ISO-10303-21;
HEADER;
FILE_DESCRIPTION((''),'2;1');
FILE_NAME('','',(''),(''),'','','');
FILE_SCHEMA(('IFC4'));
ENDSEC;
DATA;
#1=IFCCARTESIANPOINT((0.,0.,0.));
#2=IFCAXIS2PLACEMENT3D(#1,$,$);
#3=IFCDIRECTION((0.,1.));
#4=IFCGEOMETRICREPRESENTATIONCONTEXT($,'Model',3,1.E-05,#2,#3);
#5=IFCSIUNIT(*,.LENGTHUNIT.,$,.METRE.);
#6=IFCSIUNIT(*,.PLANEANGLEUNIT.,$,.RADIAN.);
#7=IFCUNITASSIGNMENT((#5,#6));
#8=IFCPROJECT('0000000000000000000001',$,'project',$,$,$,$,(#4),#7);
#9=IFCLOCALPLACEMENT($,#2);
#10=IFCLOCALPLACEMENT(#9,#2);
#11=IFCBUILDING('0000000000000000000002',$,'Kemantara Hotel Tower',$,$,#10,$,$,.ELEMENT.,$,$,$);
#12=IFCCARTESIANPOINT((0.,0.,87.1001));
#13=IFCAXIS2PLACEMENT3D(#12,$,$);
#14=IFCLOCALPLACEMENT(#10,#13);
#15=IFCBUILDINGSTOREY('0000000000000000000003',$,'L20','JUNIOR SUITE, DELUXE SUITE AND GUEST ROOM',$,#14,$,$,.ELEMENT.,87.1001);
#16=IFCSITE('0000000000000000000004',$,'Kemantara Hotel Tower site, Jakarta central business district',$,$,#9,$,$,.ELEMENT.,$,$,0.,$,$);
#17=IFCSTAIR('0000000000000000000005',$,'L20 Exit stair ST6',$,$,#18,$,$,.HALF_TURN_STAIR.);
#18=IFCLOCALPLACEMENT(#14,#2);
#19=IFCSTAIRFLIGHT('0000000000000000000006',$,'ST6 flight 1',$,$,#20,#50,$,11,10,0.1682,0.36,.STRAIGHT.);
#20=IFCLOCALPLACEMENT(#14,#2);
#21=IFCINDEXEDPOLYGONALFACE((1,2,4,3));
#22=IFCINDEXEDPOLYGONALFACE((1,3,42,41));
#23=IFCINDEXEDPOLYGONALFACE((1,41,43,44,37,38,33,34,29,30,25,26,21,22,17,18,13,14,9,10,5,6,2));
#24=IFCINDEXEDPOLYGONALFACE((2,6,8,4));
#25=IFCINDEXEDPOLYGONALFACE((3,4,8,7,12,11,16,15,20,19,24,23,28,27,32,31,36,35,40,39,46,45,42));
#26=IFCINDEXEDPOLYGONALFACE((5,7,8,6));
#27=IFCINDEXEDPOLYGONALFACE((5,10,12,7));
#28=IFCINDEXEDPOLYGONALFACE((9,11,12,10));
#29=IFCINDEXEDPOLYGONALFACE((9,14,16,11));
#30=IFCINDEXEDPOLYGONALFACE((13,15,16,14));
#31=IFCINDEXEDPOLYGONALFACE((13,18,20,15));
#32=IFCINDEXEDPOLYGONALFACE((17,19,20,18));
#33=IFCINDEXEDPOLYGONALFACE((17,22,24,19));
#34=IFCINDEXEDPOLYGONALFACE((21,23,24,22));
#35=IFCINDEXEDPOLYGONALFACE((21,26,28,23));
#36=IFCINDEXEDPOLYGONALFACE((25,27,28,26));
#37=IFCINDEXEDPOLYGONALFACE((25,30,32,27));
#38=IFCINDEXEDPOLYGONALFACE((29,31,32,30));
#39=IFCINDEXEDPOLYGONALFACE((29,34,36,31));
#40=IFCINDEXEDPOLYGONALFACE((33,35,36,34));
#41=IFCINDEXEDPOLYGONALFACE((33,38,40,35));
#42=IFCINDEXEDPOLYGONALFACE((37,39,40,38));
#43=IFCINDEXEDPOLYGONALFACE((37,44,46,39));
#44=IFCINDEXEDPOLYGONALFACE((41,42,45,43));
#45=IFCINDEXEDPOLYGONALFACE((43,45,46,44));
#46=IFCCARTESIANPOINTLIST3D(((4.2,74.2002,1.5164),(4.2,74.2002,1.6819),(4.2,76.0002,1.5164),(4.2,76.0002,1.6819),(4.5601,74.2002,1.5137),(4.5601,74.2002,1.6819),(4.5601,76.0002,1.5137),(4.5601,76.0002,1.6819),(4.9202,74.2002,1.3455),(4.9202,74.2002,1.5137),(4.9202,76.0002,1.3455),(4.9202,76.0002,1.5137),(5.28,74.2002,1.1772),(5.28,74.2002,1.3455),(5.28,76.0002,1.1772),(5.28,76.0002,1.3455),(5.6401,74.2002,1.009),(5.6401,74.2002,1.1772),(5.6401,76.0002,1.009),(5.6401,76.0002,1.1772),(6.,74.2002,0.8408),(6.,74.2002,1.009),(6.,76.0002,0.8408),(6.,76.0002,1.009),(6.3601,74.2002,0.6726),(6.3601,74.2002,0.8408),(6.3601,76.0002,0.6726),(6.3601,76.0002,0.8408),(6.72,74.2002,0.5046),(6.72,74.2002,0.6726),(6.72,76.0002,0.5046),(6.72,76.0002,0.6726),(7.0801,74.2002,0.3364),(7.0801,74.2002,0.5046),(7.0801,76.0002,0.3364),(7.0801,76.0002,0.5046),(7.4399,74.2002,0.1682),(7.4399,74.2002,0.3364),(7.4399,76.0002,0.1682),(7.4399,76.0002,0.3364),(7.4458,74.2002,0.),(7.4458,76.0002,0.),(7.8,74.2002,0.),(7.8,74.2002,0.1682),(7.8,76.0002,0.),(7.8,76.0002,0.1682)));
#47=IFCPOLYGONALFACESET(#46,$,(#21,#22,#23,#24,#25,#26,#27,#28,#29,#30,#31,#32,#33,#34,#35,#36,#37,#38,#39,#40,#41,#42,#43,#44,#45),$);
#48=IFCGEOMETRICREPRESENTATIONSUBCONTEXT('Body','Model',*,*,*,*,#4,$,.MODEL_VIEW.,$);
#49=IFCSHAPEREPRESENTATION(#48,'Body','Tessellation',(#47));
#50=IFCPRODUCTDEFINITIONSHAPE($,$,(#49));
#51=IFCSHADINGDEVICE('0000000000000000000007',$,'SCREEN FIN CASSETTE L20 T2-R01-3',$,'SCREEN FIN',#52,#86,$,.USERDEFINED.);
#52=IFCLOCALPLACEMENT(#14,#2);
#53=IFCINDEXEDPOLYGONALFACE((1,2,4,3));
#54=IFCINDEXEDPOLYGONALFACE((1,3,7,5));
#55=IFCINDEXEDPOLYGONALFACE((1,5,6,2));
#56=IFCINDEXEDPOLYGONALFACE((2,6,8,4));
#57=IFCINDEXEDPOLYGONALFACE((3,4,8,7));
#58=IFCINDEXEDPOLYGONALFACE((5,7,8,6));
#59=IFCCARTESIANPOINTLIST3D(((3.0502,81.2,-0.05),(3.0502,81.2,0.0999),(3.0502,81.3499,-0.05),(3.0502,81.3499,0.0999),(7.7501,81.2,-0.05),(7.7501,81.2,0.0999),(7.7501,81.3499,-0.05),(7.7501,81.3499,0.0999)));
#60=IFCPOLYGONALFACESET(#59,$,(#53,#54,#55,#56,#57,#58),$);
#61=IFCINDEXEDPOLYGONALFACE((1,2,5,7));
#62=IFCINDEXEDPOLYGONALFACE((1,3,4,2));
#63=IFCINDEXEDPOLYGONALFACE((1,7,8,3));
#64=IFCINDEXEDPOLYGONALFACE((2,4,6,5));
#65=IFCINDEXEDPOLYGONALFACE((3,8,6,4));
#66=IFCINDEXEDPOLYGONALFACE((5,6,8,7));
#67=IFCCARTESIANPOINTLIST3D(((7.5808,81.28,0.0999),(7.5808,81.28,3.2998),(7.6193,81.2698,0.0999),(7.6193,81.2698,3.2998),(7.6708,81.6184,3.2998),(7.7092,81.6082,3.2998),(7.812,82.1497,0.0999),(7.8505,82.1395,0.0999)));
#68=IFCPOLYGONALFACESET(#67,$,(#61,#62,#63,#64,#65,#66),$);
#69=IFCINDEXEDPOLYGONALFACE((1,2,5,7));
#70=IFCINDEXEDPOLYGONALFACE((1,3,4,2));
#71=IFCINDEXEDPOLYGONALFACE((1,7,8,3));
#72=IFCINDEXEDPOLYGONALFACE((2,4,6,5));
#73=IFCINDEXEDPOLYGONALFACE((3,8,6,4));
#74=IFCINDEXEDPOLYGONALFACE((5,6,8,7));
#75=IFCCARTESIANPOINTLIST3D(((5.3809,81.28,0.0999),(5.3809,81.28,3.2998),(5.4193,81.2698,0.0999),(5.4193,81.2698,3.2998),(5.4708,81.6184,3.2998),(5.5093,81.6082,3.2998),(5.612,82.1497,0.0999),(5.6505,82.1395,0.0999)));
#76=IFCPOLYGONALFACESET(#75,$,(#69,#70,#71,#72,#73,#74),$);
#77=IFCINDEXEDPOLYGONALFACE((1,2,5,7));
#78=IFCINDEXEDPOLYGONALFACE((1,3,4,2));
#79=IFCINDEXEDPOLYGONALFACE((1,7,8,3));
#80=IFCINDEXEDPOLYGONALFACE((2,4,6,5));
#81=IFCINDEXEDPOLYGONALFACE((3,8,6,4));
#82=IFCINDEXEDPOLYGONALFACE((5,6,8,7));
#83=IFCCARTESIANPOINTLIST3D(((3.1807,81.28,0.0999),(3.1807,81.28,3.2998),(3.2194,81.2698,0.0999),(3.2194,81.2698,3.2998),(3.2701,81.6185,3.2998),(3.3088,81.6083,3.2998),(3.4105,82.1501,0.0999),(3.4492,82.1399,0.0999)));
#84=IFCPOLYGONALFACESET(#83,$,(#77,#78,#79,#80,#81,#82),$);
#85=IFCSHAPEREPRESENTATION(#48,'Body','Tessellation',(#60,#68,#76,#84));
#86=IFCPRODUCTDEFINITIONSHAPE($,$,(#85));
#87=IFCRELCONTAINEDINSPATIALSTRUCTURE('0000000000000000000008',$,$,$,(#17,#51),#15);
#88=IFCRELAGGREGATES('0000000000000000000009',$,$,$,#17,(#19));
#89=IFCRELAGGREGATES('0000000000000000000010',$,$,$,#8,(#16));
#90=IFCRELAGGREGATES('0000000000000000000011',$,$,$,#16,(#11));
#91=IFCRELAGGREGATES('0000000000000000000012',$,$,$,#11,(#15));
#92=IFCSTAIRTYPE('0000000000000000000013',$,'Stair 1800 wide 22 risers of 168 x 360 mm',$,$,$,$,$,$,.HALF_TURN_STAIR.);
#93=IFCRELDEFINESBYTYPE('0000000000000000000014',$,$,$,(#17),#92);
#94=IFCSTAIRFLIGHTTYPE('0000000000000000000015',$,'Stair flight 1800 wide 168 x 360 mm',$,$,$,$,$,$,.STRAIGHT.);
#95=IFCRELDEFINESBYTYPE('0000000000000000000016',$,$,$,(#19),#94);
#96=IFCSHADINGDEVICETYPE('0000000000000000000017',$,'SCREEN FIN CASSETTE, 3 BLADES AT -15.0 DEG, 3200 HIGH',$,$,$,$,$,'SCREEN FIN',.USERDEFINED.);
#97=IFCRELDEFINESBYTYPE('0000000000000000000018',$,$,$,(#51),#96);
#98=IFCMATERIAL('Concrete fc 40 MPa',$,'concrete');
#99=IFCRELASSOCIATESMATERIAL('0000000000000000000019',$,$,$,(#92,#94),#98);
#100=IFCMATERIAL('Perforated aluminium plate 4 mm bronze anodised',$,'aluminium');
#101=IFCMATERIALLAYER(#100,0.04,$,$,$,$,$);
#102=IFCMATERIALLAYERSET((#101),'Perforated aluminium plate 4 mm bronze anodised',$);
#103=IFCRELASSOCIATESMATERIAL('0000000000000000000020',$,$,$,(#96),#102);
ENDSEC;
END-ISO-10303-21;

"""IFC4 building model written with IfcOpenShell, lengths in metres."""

from ifc_helpers import new_model, si_unit, direction, frame, origin, origin_2d, place, context, subcontext, project, spatial, polyline, rectangle, outline, extrude, source, transform, mapped, material, layer, layer_set, type_object, element, aggregate, save


model = new_model("IFC4")

# Units and contexts
model_context = context("Model", 3, precision=1e-05, world=origin(), true_north=direction((0.0, 1.0)))
body_context = subcontext(model_context, "Body", "Model", "MODEL_VIEW")
ifc_project = project(units=[si_unit("LENGTHUNIT", "METRE"), si_unit("PLANEANGLEUNIT", "RADIAN")], contexts=[model_context])

# Site, building, storey
site_placement = place(None, origin())
site = spatial("IfcSite", under=ifc_project, at=site_placement, Name="Kemantara Hotel Tower site, Jakarta central business district", CompositionType="ELEMENT", RefElevation=0.0)
building_placement = place(site_placement, origin())
building = spatial("IfcBuilding", under=site, at=building_placement, Name="Kemantara Hotel Tower", CompositionType="ELEMENT")
storey_placement = place(building_placement, frame((0.0, 0.0, 87.1001)))
storey = spatial("IfcBuildingStorey", under=building, at=storey_placement, Name="L20", Description="JUNIOR SUITE, DELUXE SUITE AND GUEST ROOM", CompositionType="ELEMENT", Elevation=87.1001)

# Stair, stair flight
ifc_material_1 = material(Name="Concrete fc 40 MPa", Category="concrete")
stair_type = type_object("IfcStairType", Name="Stair 1800 wide 22 risers of 168 x 360 mm", PredefinedType="HALF_TURN_STAIR", material=ifc_material_1)
stair_placement = place(storey_placement, origin())
stair = element("IfcStair", 1, at=stair_placement, inside=storey, type_object=stair_type, Name="L20 Exit stair ST6", PredefinedType="HALF_TURN_STAIR")
stair_flight_type = type_object("IfcStairFlightType", Name="Stair flight 1800 wide 168 x 360 mm", PredefinedType="STRAIGHT", material=ifc_material_1)
stair_flight_placement = place(storey_placement, frame((7.8, 75.1001, 0.0), z_axis=(0.0, 0.0, 1.0), x_axis=(-1.0, 0.0, 0.0)))
stair_flight = element("IfcStairFlight", 2, at=stair_flight_placement, type_object=stair_flight_type, Name="ST6 flight 1", NumberOfRisers=11, NumberOfTreads=10, PredefinedType="STRAIGHT", RiserHeight=0.1682, TreadLength=0.36, context=body_context, shape_type="SweptSolid", body=[
    extrude(outline(polyline([(0.0, 0.0), (0.0, 0.1682), (0.3601, 0.1682), (0.3601, 0.3364), (0.72, 0.3364), (0.72, 0.5046), (1.0801, 0.5046), (1.0801, 0.6726), (1.4399, 0.6726), (1.4399, 0.8408), (1.8, 0.8408), (1.8, 1.009), (2.1599, 1.009), (2.1599, 1.1772), (2.52, 1.1772), (2.52, 1.3455), (2.8799, 1.3455), (2.8799, 1.5137), (3.24, 1.5137), (3.24, 1.6819), (3.6001, 1.6819), (3.6001, 1.8501), (3.6001, 1.5164), (0.3542, 0.0), (0.0, 0.0)])), frame((0.0, 0.8999, 0.0), z_axis=(0.0, -1.0, 0.0), x_axis=(1.0, 0.0, 0.0)), (0.0, 0.0, 1.0), 1.8),
])
aggregate(stair, [stair_flight])

# Shading device
ifc_material_2 = material(Name="Perforated aluminium plate 4 mm bronze anodised", Category="aluminium")
ifc_layer_1 = layer(ifc_material_2, 0.04)
ifc_layer_set_1 = layer_set([ifc_layer_1], Name="Perforated aluminium plate 4 mm bronze anodised")
shading_device_type = type_object("IfcShadingDeviceType", Name="SCREEN FIN CASSETTE, 3 BLADES AT -15.0 DEG, 3200 HIGH", ElementType="SCREEN FIN", PredefinedType="USERDEFINED", material=ifc_layer_set_1)
shared_shape_1 = source(origin(), body_context, "Body", "SweptSolid", [
    extrude(rectangle(XDim=4.7, YDim=0.1499, at=origin_2d()), frame((2.2, -0.075, -0.1499), z_axis=(0.0, 0.0, 1.0), x_axis=(1.0, 0.0, 0.0)), (0.0, 0.0, 1.0), 0.1499),
    extrude(outline(polyline([(0.0, 0.0), (0.8999, 0.0), (0.3501, 3.2), (0.0, 3.2), (0.0, 0.0)])), frame((0.0193, -0.0801, 0.0), z_axis=(-0.966438, 0.256901, 0.0), x_axis=(-0.256901, -0.966438, 0.0)), (0.0, 0.0, 1.0), 0.0398),
    extrude(outline(polyline([(0.0, 0.0), (0.8999, 0.0), (0.3501, 3.2), (0.0, 3.2), (0.0, 0.0)])), frame((2.2192, -0.0801, 0.0), z_axis=(-0.966438, 0.256901, 0.0), x_axis=(-0.256901, -0.966438, 0.0)), (0.0, 0.0, 1.0), 0.0398),
    extrude(outline(polyline([(0.0, 0.0), (0.8999, 0.0), (0.3501, 3.2), (0.0, 3.2), (0.0, 0.0)])), frame((4.4194, -0.0801, 0.0), z_axis=(-0.966838, 0.255391, 0.0), x_axis=(-0.255391, -0.966838, 0.0)), (0.0, 0.0, 1.0), 0.04),
])
shading_device_placement = place(storey_placement, frame((7.6001, 81.2, 0.0999), z_axis=(0.0, 0.0, 1.0), x_axis=(-1.0, 0.0, 0.0)))
element("IfcShadingDevice", 3, at=shading_device_placement, inside=storey, type_object=shading_device_type, Name="SCREEN FIN CASSETTE L20 T2-R01-3", ObjectType="SCREEN FIN", PredefinedType="USERDEFINED", context=body_context, shape_type="MappedRepresentation", body=[
    mapped(shared_shape_1, transform((0.0, 0.0, 0.0))),
])

save(model, "model.ifc")
